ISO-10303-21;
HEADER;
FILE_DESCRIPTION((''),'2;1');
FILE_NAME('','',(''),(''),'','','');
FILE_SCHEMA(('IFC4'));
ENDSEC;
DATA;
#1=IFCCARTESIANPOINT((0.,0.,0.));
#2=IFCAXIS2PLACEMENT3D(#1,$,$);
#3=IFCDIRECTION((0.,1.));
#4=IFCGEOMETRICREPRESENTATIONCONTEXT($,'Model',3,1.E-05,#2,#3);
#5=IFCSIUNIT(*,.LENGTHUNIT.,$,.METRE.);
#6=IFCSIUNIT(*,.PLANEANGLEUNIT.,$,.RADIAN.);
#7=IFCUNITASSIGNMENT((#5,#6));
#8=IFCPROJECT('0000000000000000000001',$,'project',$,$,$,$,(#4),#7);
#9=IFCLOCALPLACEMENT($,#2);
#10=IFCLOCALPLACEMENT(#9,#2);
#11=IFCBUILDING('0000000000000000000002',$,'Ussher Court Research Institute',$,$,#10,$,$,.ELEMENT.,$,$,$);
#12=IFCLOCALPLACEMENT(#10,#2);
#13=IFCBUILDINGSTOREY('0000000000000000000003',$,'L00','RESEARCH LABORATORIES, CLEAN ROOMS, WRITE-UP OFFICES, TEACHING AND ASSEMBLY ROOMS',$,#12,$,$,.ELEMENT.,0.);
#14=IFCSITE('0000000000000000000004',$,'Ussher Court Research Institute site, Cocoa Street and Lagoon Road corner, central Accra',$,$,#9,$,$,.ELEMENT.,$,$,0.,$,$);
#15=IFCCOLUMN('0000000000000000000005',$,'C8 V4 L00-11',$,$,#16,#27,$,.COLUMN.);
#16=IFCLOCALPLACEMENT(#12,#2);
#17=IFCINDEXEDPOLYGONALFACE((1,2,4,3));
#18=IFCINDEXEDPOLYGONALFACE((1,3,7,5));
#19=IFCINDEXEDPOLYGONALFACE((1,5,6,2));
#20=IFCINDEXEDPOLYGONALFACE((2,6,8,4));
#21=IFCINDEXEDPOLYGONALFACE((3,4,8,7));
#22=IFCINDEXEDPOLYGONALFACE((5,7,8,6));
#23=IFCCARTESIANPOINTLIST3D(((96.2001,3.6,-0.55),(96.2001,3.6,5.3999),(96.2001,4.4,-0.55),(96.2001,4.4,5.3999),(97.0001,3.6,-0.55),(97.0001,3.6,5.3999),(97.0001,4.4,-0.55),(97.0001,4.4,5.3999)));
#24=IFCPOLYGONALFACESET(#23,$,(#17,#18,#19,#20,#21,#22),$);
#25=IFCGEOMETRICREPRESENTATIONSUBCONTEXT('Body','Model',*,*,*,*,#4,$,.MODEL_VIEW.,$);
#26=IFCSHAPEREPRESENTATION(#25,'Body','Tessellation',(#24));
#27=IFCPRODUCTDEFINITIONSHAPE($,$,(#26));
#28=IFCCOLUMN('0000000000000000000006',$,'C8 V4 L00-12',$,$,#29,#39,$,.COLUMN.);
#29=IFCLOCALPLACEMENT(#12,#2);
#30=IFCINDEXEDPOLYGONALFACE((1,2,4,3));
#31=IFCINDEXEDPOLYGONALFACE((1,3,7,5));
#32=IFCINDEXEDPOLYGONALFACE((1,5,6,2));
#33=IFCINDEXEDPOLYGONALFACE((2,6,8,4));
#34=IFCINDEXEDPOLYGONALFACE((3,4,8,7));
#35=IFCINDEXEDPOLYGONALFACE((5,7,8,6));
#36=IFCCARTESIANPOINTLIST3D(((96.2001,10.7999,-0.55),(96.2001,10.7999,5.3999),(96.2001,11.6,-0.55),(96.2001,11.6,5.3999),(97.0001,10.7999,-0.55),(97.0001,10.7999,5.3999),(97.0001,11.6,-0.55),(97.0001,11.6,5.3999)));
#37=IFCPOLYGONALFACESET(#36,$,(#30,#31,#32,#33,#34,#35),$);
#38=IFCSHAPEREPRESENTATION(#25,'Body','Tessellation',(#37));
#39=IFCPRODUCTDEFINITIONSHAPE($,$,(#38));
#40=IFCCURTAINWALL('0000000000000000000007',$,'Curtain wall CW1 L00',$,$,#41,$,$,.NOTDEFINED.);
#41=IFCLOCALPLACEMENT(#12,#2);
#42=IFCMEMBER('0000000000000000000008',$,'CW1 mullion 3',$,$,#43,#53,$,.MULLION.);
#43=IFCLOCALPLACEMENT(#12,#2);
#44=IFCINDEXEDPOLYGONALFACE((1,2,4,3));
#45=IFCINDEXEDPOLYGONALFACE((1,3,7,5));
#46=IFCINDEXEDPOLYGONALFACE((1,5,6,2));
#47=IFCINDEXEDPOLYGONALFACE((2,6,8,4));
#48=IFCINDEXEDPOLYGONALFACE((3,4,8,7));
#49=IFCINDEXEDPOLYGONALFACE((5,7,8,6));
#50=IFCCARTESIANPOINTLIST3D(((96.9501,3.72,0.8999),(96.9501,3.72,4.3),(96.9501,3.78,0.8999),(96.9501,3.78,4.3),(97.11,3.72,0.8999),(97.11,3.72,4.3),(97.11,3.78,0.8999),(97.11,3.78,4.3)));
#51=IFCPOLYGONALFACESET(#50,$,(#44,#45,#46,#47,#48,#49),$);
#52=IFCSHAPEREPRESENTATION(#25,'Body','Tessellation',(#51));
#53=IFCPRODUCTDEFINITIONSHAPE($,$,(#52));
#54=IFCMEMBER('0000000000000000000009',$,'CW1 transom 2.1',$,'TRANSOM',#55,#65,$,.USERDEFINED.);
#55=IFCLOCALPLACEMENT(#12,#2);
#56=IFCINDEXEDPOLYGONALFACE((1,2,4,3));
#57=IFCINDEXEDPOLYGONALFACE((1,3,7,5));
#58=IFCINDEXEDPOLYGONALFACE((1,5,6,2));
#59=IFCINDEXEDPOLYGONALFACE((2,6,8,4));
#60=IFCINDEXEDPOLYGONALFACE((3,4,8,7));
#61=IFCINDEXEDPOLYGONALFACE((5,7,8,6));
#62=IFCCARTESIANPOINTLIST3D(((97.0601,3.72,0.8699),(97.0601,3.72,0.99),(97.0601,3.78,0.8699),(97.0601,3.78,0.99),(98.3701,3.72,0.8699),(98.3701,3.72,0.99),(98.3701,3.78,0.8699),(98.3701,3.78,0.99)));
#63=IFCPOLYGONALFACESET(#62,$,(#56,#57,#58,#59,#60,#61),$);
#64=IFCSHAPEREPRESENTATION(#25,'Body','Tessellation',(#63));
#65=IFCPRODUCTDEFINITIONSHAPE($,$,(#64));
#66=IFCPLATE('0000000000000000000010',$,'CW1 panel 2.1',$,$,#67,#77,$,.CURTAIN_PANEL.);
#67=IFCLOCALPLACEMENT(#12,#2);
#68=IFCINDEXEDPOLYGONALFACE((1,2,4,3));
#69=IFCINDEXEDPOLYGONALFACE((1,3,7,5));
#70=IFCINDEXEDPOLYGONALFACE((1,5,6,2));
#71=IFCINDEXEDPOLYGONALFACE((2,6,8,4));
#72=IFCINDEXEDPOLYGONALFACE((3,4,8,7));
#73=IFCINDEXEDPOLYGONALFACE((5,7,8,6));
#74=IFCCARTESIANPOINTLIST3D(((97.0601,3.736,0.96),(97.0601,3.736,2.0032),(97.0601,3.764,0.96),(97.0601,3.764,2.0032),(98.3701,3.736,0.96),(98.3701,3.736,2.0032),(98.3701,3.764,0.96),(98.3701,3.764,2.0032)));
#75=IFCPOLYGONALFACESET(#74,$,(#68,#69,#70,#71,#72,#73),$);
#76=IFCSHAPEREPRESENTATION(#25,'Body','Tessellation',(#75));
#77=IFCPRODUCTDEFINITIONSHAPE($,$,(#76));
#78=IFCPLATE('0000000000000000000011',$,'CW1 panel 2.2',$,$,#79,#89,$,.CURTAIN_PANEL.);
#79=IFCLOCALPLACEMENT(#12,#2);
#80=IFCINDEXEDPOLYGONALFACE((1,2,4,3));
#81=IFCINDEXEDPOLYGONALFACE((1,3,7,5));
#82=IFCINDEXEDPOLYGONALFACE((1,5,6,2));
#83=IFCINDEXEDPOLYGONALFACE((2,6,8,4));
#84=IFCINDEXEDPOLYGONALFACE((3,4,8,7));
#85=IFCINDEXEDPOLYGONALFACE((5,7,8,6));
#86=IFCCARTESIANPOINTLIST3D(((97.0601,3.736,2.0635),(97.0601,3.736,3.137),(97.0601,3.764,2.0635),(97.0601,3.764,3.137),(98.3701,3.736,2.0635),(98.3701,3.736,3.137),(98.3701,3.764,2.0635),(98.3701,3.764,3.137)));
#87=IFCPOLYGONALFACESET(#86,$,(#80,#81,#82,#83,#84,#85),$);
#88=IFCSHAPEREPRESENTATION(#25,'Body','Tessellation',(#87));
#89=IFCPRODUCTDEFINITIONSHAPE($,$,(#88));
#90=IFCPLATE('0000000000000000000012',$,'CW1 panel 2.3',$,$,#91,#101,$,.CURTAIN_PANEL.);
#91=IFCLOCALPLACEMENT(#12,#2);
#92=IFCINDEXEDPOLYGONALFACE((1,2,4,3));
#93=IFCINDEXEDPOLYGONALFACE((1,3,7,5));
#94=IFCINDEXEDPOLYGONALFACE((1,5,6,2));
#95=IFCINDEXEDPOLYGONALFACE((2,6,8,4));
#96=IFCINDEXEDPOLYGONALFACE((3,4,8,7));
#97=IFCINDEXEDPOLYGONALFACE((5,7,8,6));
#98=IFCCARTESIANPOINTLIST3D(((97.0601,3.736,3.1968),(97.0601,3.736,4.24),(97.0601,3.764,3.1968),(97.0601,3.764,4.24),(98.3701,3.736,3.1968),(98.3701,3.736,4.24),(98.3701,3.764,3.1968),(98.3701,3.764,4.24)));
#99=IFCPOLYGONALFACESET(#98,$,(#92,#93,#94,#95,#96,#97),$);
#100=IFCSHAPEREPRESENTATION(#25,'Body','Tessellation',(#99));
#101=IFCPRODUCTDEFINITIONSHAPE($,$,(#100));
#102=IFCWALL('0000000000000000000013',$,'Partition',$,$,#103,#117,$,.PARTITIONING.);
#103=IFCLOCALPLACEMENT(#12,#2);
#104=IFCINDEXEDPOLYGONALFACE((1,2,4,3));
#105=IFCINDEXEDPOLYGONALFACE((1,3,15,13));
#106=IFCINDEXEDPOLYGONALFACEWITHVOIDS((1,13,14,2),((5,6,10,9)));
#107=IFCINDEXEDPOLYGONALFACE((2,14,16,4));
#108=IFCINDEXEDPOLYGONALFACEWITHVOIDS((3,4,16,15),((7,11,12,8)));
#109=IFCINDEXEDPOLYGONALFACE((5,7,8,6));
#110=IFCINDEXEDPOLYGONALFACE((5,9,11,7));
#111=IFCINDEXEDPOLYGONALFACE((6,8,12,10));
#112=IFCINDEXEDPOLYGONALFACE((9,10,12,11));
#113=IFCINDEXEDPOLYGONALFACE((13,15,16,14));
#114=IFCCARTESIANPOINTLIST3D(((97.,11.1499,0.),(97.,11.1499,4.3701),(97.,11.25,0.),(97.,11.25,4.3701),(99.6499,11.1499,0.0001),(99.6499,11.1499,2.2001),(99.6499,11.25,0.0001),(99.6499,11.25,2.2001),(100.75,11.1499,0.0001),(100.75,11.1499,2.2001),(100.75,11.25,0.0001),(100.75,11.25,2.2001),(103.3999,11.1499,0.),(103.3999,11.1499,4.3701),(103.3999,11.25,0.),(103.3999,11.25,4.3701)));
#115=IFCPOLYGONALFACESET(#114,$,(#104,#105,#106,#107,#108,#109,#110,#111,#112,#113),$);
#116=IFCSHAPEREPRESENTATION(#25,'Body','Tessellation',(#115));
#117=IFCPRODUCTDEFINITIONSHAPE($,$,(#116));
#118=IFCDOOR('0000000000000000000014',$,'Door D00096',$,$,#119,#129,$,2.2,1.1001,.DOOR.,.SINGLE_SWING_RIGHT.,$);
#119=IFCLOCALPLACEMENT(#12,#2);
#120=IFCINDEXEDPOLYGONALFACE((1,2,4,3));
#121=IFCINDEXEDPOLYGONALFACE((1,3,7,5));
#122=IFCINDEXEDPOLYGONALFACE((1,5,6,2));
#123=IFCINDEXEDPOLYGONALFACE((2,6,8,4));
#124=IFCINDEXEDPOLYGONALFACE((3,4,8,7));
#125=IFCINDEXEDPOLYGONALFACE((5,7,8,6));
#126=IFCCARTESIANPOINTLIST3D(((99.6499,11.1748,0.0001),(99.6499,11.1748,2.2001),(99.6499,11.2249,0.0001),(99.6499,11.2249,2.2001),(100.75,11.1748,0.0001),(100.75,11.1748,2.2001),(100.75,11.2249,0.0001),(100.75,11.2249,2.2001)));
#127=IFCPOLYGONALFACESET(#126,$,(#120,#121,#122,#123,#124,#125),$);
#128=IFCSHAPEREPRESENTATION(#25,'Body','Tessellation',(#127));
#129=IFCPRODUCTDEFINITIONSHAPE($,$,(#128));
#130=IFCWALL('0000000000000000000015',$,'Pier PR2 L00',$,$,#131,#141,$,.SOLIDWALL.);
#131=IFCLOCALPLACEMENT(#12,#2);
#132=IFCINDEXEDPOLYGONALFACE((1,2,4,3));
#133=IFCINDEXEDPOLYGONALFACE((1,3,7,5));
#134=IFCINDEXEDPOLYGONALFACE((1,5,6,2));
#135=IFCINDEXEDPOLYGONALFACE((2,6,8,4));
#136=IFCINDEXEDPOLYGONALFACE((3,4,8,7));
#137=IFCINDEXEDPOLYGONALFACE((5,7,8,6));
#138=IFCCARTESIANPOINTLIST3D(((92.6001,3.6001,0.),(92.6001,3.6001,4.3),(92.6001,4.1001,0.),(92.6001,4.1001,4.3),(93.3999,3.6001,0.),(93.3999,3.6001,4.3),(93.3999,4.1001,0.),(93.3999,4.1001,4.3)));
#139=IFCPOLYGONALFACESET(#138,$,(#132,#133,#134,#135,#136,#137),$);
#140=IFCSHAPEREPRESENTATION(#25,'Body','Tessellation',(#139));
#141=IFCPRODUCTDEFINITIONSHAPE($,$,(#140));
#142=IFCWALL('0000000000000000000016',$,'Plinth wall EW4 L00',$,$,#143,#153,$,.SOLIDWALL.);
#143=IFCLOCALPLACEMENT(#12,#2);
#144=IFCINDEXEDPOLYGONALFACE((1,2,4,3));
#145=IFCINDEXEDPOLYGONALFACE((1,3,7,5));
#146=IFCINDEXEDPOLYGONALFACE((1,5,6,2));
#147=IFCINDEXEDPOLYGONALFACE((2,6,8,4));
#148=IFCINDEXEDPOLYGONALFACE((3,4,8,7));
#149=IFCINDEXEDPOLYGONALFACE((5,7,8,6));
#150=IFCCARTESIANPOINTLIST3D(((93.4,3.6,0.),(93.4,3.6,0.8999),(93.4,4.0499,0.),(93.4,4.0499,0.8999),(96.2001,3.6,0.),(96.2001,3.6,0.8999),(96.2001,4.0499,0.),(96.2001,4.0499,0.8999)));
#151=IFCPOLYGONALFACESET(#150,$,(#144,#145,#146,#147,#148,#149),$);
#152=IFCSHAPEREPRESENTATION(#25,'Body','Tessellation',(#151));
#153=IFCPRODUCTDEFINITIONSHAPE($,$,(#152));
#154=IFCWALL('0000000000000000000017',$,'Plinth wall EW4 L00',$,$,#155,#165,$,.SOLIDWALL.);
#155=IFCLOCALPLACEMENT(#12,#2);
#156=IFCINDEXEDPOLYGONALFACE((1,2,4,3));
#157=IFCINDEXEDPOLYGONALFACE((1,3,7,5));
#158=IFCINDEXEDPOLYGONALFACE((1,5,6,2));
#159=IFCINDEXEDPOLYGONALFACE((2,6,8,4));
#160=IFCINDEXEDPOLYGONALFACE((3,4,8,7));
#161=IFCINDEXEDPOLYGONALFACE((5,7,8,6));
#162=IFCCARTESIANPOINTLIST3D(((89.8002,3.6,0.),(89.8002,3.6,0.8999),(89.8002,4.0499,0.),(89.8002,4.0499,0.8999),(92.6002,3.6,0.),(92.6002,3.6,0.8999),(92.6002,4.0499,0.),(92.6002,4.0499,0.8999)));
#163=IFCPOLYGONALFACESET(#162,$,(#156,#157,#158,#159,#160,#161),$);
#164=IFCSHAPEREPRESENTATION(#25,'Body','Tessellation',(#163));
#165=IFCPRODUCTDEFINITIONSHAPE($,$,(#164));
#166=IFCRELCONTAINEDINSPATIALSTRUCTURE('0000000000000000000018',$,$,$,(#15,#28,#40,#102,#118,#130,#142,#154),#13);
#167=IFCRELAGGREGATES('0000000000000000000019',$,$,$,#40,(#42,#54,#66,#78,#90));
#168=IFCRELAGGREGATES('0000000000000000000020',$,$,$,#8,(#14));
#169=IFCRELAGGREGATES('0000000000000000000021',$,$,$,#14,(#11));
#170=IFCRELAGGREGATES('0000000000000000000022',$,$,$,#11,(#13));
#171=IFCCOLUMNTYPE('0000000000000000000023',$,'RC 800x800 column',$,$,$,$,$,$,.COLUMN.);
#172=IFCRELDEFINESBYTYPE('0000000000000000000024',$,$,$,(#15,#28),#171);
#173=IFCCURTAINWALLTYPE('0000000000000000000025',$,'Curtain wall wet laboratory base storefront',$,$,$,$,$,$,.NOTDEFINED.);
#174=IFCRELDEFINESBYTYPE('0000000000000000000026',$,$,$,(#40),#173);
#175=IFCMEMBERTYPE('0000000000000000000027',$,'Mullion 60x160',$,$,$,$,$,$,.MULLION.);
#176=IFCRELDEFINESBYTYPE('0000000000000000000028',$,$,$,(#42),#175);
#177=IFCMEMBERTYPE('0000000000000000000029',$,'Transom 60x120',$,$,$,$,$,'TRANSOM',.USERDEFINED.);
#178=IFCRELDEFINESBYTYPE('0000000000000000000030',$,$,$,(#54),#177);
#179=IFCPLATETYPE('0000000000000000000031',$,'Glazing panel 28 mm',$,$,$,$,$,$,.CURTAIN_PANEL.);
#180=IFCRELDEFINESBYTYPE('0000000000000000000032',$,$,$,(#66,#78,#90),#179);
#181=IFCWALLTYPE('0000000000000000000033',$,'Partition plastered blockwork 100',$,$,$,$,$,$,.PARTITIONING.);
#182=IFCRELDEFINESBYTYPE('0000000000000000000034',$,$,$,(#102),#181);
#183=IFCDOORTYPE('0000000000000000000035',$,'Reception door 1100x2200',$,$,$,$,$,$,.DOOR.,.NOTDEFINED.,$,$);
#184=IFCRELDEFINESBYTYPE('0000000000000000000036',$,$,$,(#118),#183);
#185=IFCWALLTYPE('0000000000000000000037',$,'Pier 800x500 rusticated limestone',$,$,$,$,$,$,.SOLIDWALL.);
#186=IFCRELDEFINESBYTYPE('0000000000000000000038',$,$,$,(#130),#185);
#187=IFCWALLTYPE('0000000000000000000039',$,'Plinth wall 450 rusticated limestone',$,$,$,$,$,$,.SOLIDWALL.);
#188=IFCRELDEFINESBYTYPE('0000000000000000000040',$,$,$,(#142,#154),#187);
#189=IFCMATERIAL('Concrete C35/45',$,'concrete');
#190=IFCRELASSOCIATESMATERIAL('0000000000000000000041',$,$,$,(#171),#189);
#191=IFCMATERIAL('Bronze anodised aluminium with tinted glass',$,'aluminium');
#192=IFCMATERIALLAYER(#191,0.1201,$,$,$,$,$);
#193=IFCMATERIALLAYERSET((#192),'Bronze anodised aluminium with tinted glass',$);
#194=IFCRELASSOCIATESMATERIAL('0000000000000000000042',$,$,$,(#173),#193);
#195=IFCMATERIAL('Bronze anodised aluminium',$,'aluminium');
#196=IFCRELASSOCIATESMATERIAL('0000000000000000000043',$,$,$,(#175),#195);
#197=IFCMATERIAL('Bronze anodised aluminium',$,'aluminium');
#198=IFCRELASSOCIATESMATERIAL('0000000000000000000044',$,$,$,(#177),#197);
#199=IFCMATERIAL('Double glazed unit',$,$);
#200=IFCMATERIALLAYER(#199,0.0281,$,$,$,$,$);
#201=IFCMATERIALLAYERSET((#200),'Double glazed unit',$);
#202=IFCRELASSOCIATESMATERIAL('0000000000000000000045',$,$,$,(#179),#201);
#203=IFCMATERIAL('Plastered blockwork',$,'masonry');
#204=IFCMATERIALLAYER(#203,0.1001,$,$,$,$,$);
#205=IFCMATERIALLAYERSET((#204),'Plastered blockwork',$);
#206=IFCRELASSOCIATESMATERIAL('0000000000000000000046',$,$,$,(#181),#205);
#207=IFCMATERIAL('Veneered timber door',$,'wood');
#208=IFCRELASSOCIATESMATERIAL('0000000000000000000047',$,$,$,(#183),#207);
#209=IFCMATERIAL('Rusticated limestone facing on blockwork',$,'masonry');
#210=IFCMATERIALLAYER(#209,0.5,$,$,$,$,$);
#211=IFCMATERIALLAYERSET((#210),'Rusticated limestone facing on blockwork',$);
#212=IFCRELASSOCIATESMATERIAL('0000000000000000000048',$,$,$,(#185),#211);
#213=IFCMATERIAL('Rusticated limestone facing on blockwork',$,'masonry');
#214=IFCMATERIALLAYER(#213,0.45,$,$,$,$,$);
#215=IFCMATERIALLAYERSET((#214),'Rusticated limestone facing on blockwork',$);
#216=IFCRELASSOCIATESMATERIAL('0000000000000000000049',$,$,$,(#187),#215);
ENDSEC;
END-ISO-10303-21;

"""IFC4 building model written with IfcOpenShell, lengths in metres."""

from ifc_helpers import new_model, si_unit, direction, frame, frame_2d, origin, origin_2d, place, context, subcontext, project, spatial, rectangle, extrude, material, layer, layer_set, material_profile, profile_set, type_object, element, fill, aggregate, save


model = new_model("IFC4")

# Units and contexts
model_context = context("Model", 3, precision=1e-05, world=origin(), true_north=direction((0.0, 1.0)))
body_context = subcontext(model_context, "Body", "Model", "MODEL_VIEW")
ifc_project = project(units=[si_unit("LENGTHUNIT", "METRE"), si_unit("PLANEANGLEUNIT", "RADIAN")], contexts=[model_context])

# Site, building, storey
site_placement = place(None, origin())
site = spatial("IfcSite", under=ifc_project, at=site_placement, Name="Ussher Court Research Institute site, Cocoa Street and Lagoon Road corner, central Accra", CompositionType="ELEMENT", RefElevation=0.0)
building_placement = place(site_placement, origin())
building = spatial("IfcBuilding", under=site, at=building_placement, Name="Ussher Court Research Institute", CompositionType="ELEMENT")
storey_placement = place(building_placement, origin())
storey = spatial("IfcBuildingStorey", under=building, at=storey_placement, Name="L00", Description="RESEARCH LABORATORIES, CLEAN ROOMS, WRITE-UP OFFICES, TEACHING AND ASSEMBLY ROOMS", CompositionType="ELEMENT", Elevation=0.0)

# Columns
ifc_material_1 = material(Name="Concrete C35/45", Category="concrete")
ifc_material_profile_1 = material_profile(ifc_material_1, rectangle(XDim=0.8, YDim=0.8, at=origin_2d()), Name="RC 800x800")
ifc_profile_set_1 = profile_set([ifc_material_profile_1], Name="Concrete C35/45")
column_type = type_object("IfcColumnType", Name="RC 800x800 column", PredefinedType="COLUMN", material=ifc_profile_set_1)
for number, where, z_axis, x_axis, name in (
    (1, (96.6001, 4.0, -0.55), (0.0, 0.0, 1.0), (1.0, 0.0, 0.0), "C8 V4 L00-11"),
    (2, (96.6001, 11.2, -0.55), (0.0, 0.0, 1.0), (1.0, 0.0, 0.0), "C8 V4 L00-12"),
):
    element("IfcColumn", number, at=place(storey_placement, frame(where, z_axis=z_axis, x_axis=x_axis)), inside=storey, type_object=column_type, Name=name, PredefinedType="COLUMN", context=body_context, shape_type="SweptSolid", body=[
        extrude(rectangle(XDim=0.8, YDim=0.8, at=origin_2d()), origin(), (0.0, 0.0, 1.0), 5.95),
    ])

# Curtain wall, members, plates
ifc_material_2 = material(Name="Bronze anodised aluminium with tinted glass", Category="aluminium")
ifc_layer_1 = layer(ifc_material_2, 0.1201)
ifc_layer_set_1 = layer_set([ifc_layer_1], Name="Bronze anodised aluminium with tinted glass")
curtain_wall_type = type_object("IfcCurtainWallType", Name="Curtain wall wet laboratory base storefront", PredefinedType="NOTDEFINED", material=ifc_layer_set_1)
curtain_wall_placement = place(storey_placement, origin())
curtain_wall = element("IfcCurtainWall", 3, at=curtain_wall_placement, inside=storey, type_object=curtain_wall_type, Name="Curtain wall CW1 L00", PredefinedType="NOTDEFINED")
ifc_material_3 = material(Name="Bronze anodised aluminium", Category="aluminium")
ifc_material_profile_2 = material_profile(ifc_material_3, rectangle(XDim=0.0601, YDim=0.1599, at=origin_2d()), Name="Mullion 60x160")
ifc_profile_set_2 = profile_set([ifc_material_profile_2], Name="Bronze anodised aluminium")
member_type_1 = type_object("IfcMemberType", Name="Mullion 60x160", PredefinedType="MULLION", material=ifc_profile_set_2)
member_1_placement = place(storey_placement, frame((97.03, 3.75, 0.8999), z_axis=(0.0, 0.0, 1.0), x_axis=(0.0, -1.0, 0.0)))
member_1 = element("IfcMember", 4, at=member_1_placement, type_object=member_type_1, Name="CW1 mullion 3", PredefinedType="MULLION", context=body_context, shape_type="SweptSolid", body=[
    extrude(rectangle(XDim=0.0601, YDim=0.1599, at=origin_2d()), origin(), (0.0, 0.0, 1.0), 3.4001),
])
ifc_material_4 = material(Name="Bronze anodised aluminium", Category="aluminium")
ifc_material_profile_3 = material_profile(ifc_material_4, rectangle(XDim=0.0601, YDim=0.1201, at=origin_2d()), Name="Transom 60x120")
ifc_profile_set_3 = profile_set([ifc_material_profile_3], Name="Bronze anodised aluminium")
member_type_2 = type_object("IfcMemberType", Name="Transom 60x120", ElementType="TRANSOM", PredefinedType="USERDEFINED", material=ifc_profile_set_3)
member_2_placement = place(storey_placement, frame((98.3701, 3.75, 0.9299), z_axis=(-1.0, 0.0, 0.0), x_axis=(0.0, -1.0, 0.0)))
member_2 = element("IfcMember", 5, at=member_2_placement, type_object=member_type_2, Name="CW1 transom 2.1", ObjectType="TRANSOM", PredefinedType="USERDEFINED", context=body_context, shape_type="SweptSolid", body=[
    extrude(rectangle(XDim=0.0601, YDim=0.1201, at=origin_2d()), origin(), (0.0, 0.0, 1.0), 1.3101),
])
ifc_material_5 = material(Name="Double glazed unit")
ifc_layer_2 = layer(ifc_material_5, 0.0281)
ifc_layer_set_2 = layer_set([ifc_layer_2], Name="Double glazed unit")
plate_type = type_object("IfcPlateType", Name="Glazing panel 28 mm", PredefinedType="CURTAIN_PANEL", material=ifc_layer_set_2)
plate_1_placement = place(storey_placement, frame((97.7151, 3.75, 0.96), z_axis=(0.0, 0.0, 1.0), x_axis=(-1.0, 0.0, 0.0)))
plate_1 = element("IfcPlate", 6, at=plate_1_placement, type_object=plate_type, Name="CW1 panel 2.1", PredefinedType="CURTAIN_PANEL", context=body_context, shape_type="SweptSolid", body=[
    extrude(rectangle(XDim=1.3101, YDim=0.0281, at=origin_2d()), origin(), (0.0, 0.0, 1.0), 1.0432),
])
plate_2_placement = place(storey_placement, frame((97.7151, 3.75, 2.0635), z_axis=(0.0, 0.0, 1.0), x_axis=(-1.0, 0.0, 0.0)))
plate_2 = element("IfcPlate", 7, at=plate_2_placement, type_object=plate_type, Name="CW1 panel 2.2", PredefinedType="CURTAIN_PANEL", context=body_context, shape_type="SweptSolid", body=[
    extrude(rectangle(XDim=1.3101, YDim=0.0281, at=origin_2d()), origin(), (0.0, 0.0, 1.0), 1.0735),
])
plate_3_placement = place(storey_placement, frame((97.7151, 3.75, 3.1968), z_axis=(0.0, 0.0, 1.0), x_axis=(-1.0, 0.0, 0.0)))
plate_3 = element("IfcPlate", 8, at=plate_3_placement, type_object=plate_type, Name="CW1 panel 2.3", PredefinedType="CURTAIN_PANEL", context=body_context, shape_type="SweptSolid", body=[
    extrude(rectangle(XDim=1.3101, YDim=0.0281, at=origin_2d()), origin(), (0.0, 0.0, 1.0), 1.0432),
])
aggregate(curtain_wall, [member_1, member_2, plate_1, plate_2, plate_3])

# Wall, opening, door
ifc_material_6 = material(Name="Plastered blockwork", Category="masonry")
ifc_layer_3 = layer(ifc_material_6, 0.1001)
ifc_layer_set_3 = layer_set([ifc_layer_3], Name="Plastered blockwork")
wall_type_1 = type_object("IfcWallType", Name="Partition plastered blockwork 100", PredefinedType="PARTITIONING", material=ifc_layer_set_3)
wall_1_placement = place(storey_placement, frame((97.0, 11.2, 0.0), z_axis=(0.0, 0.0, 1.0), x_axis=(1.0, 0.0, 0.0)))
wall_1 = element("IfcWall", 9, at=wall_1_placement, inside=storey, type_object=wall_type_1, Name="Partition", PredefinedType="PARTITIONING", context=body_context, shape_type="SweptSolid", body=[
    extrude(rectangle(XDim=6.3999, YDim=0.1001, at=frame_2d((3.2, 0.0))), origin(), (0.0, 0.0, 1.0), 4.3701),
])
opening_1_placement = place(wall_1_placement, frame((2.6499, 0.0, 0.0)))
opening_1 = element("IfcOpeningElement", 10, at=opening_1_placement, cuts=wall_1, PredefinedType="OPENING", context=body_context, shape_type="SweptSolid", body=[
    extrude(rectangle(XDim=1.1001, YDim=2.2, at=frame_2d((0.55, 1.1001))), frame((0.0, 0.0601, 0.0), z_axis=(0.0, -1.0, 0.0), x_axis=(1.0, 0.0, 0.0)), (0.0, 0.0, 1.0), 0.1201),
])
ifc_material_7 = material(Name="Veneered timber door", Category="wood")
door_type_1 = type_object("IfcDoorType", Name="Reception door 1100x2200", OperationType="NOTDEFINED", PredefinedType="DOOR", material=ifc_material_7)
door_1_placement = place(opening_1_placement, origin())
door_1 = element("IfcDoor", 11, at=door_1_placement, inside=storey, type_object=door_type_1, Name="Door D00096", OperationType="SINGLE_SWING_RIGHT", OverallHeight=2.2, OverallWidth=1.1001, PredefinedType="DOOR", context=body_context, shape_type="SweptSolid", body=[
    extrude(rectangle(XDim=1.1001, YDim=2.2, at=frame_2d((0.55, 1.1001))), frame((0.0, 0.0249, 0.0), z_axis=(0.0, -1.0, 0.0), x_axis=(1.0, 0.0, 0.0)), (0.0, 0.0, 1.0), 0.05),
])
fill(opening_1, door_1)

# Walls
ifc_material_8 = material(Name="Rusticated limestone facing on blockwork", Category="masonry")
ifc_layer_4 = layer(ifc_material_8, 0.5)
ifc_layer_set_4 = layer_set([ifc_layer_4], Name="Rusticated limestone facing on blockwork")
wall_type_2 = type_object("IfcWallType", Name="Pier 800x500 rusticated limestone", PredefinedType="SOLIDWALL", material=ifc_layer_set_4)
wall_2_placement = place(storey_placement, frame((93.3999, 3.8501, 0.0), z_axis=(0.0, 0.0, 1.0), x_axis=(-1.0, 0.0, 0.0)))
element("IfcWall", 12, at=wall_2_placement, inside=storey, type_object=wall_type_2, Name="Pier PR2 L00", PredefinedType="SOLIDWALL", context=body_context, shape_type="SweptSolid", body=[
    extrude(rectangle(XDim=0.7998, YDim=0.5, at=frame_2d((0.3999, 0.0))), origin(), (0.0, 0.0, 1.0), 4.3),
])
ifc_material_9 = material(Name="Rusticated limestone facing on blockwork", Category="masonry")
ifc_layer_5 = layer(ifc_material_9, 0.45)
ifc_layer_set_5 = layer_set([ifc_layer_5], Name="Rusticated limestone facing on blockwork")
wall_type_3 = type_object("IfcWallType", Name="Plinth wall 450 rusticated limestone", PredefinedType="SOLIDWALL", material=ifc_layer_set_5)
for number, where, z_axis, x_axis, name in (
    (13, (96.2, 3.825, 0.0), (0.0, 0.0, 1.0), (-1.0, 0.0, 0.0), "Plinth wall EW4 L00"),
    (14, (92.6001, 3.825, 0.0), (0.0, 0.0, 1.0), (-1.0, 0.0, 0.0), "Plinth wall EW4 L00"),
):
    element("IfcWall", number, at=place(storey_placement, frame(where, z_axis=z_axis, x_axis=x_axis)), inside=storey, type_object=wall_type_3, Name=name, PredefinedType="SOLIDWALL", context=body_context, shape_type="SweptSolid", body=[
        extrude(rectangle(XDim=2.8, YDim=0.45, at=frame_2d((1.3999, 0.0))), origin(), (0.0, 0.0, 1.0), 0.8999),
    ])

save(model, "model.ifc")
